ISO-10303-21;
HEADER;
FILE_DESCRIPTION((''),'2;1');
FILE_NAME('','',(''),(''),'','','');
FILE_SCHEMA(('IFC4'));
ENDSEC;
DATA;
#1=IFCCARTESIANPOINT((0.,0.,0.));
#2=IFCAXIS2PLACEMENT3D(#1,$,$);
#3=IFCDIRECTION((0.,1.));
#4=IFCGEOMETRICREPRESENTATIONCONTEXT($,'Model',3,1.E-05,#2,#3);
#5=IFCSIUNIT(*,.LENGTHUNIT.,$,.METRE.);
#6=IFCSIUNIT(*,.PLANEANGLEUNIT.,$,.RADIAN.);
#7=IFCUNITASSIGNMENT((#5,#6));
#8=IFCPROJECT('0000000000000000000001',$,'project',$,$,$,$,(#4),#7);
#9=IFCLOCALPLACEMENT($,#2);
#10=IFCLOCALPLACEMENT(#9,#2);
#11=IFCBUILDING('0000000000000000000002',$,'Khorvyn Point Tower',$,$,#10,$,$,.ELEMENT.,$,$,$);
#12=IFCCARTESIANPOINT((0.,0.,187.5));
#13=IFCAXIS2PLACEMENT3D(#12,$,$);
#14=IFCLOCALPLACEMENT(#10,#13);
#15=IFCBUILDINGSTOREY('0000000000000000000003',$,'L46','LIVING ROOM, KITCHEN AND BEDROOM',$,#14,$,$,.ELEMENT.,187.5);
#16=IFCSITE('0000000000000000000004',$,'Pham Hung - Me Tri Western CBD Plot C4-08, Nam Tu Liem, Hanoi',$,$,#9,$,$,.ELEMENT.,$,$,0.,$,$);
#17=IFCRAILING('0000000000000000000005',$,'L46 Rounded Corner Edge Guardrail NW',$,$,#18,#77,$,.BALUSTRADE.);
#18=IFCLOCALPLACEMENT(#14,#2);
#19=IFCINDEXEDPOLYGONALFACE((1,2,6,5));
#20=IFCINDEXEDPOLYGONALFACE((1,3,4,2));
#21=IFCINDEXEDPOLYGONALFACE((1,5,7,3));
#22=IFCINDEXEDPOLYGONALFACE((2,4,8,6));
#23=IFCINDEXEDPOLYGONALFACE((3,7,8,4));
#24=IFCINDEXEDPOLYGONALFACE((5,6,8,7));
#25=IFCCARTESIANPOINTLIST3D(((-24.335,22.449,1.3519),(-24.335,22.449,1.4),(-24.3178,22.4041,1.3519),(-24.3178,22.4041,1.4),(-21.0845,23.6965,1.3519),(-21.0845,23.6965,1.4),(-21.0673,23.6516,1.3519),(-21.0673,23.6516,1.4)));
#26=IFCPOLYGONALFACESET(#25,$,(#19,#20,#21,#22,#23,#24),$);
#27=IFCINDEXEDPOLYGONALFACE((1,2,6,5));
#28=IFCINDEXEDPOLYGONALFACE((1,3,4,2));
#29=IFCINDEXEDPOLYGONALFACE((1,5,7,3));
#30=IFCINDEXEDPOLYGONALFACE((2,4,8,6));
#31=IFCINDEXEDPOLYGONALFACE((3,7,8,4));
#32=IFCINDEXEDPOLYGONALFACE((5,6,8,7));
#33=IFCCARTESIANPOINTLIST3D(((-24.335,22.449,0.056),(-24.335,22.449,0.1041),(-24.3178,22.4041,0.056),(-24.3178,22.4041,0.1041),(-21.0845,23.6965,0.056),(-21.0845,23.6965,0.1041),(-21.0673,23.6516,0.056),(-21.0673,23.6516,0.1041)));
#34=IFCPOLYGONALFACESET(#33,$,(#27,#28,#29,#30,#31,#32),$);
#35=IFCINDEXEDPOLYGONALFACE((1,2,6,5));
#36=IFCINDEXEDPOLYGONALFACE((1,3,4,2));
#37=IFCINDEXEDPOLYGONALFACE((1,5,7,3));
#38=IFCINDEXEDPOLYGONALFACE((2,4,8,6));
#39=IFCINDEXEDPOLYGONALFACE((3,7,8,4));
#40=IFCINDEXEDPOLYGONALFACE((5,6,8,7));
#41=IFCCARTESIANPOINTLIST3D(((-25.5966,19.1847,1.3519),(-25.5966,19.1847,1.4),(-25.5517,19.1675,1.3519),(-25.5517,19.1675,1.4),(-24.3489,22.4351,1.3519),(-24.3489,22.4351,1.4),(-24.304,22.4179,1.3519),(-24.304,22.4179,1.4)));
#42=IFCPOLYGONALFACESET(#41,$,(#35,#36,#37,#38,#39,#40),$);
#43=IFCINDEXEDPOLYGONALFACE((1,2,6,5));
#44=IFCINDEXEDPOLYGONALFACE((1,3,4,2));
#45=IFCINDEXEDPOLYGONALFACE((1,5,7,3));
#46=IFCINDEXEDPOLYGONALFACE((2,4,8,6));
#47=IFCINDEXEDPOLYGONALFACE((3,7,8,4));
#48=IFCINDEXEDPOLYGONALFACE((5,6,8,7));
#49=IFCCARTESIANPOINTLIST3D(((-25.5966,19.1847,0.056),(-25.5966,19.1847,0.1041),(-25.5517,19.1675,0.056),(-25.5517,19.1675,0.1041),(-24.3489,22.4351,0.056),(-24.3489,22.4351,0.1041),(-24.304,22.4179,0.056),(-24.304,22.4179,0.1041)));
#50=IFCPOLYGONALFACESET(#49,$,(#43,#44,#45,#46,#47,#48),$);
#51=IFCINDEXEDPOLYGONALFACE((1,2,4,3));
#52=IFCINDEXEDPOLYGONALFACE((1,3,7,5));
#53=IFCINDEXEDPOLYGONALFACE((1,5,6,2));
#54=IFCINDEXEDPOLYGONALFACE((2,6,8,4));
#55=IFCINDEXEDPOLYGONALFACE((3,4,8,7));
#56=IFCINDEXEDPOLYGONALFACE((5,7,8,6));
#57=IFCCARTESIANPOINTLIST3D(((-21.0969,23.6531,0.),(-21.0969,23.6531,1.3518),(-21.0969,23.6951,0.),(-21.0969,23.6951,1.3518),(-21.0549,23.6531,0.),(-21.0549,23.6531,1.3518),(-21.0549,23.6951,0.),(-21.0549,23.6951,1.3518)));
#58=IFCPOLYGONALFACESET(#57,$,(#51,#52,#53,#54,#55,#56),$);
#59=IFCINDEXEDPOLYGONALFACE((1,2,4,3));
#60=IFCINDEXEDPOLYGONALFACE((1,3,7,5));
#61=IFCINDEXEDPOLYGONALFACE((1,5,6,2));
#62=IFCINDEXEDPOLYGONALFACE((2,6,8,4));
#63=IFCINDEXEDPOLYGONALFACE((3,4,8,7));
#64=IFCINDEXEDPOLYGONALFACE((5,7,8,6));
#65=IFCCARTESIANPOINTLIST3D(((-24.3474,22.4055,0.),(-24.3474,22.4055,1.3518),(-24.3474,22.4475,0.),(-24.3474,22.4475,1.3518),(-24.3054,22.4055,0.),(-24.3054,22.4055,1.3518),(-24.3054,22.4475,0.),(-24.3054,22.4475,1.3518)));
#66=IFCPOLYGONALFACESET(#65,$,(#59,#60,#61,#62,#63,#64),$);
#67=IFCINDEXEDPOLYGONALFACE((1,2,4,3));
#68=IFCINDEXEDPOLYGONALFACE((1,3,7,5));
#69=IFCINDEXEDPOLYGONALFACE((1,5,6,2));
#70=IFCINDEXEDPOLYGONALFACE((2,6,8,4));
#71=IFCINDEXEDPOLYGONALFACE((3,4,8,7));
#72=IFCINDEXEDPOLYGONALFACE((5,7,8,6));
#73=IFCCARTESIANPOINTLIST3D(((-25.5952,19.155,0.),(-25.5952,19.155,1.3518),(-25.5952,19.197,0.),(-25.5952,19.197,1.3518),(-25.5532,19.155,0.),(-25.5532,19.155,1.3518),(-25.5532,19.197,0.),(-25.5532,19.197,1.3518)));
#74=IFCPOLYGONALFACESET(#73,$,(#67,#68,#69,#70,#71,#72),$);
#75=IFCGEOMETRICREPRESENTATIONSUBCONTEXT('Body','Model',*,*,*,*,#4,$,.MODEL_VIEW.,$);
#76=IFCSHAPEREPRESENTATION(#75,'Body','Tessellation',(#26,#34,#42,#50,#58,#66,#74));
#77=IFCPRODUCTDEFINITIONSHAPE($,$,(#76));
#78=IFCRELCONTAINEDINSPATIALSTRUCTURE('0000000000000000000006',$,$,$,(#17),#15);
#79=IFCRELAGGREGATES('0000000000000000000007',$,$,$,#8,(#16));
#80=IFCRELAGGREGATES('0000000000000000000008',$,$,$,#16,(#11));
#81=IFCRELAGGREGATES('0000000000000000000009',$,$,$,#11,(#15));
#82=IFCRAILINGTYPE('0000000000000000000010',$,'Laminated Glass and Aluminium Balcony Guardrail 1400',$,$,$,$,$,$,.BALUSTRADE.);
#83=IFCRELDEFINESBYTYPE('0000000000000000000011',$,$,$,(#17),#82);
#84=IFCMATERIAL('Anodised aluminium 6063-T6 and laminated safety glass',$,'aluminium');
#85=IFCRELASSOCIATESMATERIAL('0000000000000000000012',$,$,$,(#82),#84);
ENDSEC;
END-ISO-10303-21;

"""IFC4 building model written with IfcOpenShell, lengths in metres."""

from ifc_helpers import new_model, si_unit, direction, frame, origin, origin_2d, place, context, subcontext, project, spatial, rectangle, extrude, material, type_object, element, save


model = new_model("IFC4")

# Units and contexts
model_context = context("Model", 3, precision=1e-05, world=origin(), true_north=direction((0.0, 1.0)))
body_context = subcontext(model_context, "Body", "Model", "MODEL_VIEW")
ifc_project = project(units=[si_unit("LENGTHUNIT", "METRE"), si_unit("PLANEANGLEUNIT", "RADIAN")], contexts=[model_context])

# Site, building, storey
site_placement = place(None, origin())
site = spatial("IfcSite", under=ifc_project, at=site_placement, Name="Pham Hung - Me Tri Western CBD Plot C4-08, Nam Tu Liem, Hanoi", CompositionType="ELEMENT", RefElevation=0.0)
building_placement = place(site_placement, origin())
building = spatial("IfcBuilding", under=site, at=building_placement, Name="Khorvyn Point Tower", CompositionType="ELEMENT")
storey_placement = place(building_placement, frame((0.0, 0.0, 187.5)))
storey = spatial("IfcBuildingStorey", under=building, at=storey_placement, Name="L46", Description="LIVING ROOM, KITCHEN AND BEDROOM", CompositionType="ELEMENT", Elevation=187.5)

# Railing
ifc_material_1 = material(Name="Anodised aluminium 6063-T6 and laminated safety glass", Category="aluminium")
railing_type = type_object("IfcRailingType", Name="Laminated Glass and Aluminium Balcony Guardrail 1400", PredefinedType="BALUSTRADE", material=ifc_material_1)
railing_placement = place(storey_placement, frame((-21.0759, 23.6741, 0.0)))
element("IfcRailing", 1, at=railing_placement, inside=storey, type_object=railing_type, Name="L46 Rounded Corner Edge Guardrail NW", PredefinedType="BALUSTRADE", context=body_context, shape_type="SweptSolid", body=[
    extrude(rectangle(XDim=0.0481, YDim=0.0481, at=origin_2d()), frame((0.0, 0.0, 1.376), z_axis=(-0.933598, -0.358321, 0.0), x_axis=(0.358321, -0.933598, 0.0)), (0.0, 0.0, 1.0), 3.4817),
    extrude(rectangle(XDim=0.0481, YDim=0.0481, at=origin_2d()), frame((0.0, 0.0, 0.0801), z_axis=(-0.933598, -0.358321, 0.0), x_axis=(0.358321, -0.933598, 0.0)), (0.0, 0.0, 1.0), 3.4817),
    extrude(rectangle(XDim=0.0481, YDim=0.0481, at=origin_2d()), frame((-3.2505, -1.2476, 1.376), z_axis=(-0.358382, -0.933575, 0.0), x_axis=(0.933575, -0.358382, 0.0)), (0.0, 0.0, 1.0), 3.4817),
    extrude(rectangle(XDim=0.0481, YDim=0.0481, at=origin_2d()), frame((-3.2505, -1.2476, 0.0801), z_axis=(-0.358382, -0.933575, 0.0), x_axis=(0.933575, -0.358382, 0.0)), (0.0, 0.0, 1.0), 3.4817),
    extrude(rectangle(XDim=0.042, YDim=0.042, at=origin_2d()), origin(), (0.0, 0.0, 1.0), 1.3518),
    extrude(rectangle(XDim=0.042, YDim=0.042, at=origin_2d()), frame((-3.2505, -1.2476, 0.0)), (0.0, 0.0, 1.0), 1.3518),
    extrude(rectangle(XDim=0.042, YDim=0.042, at=origin_2d()), frame((-4.4983, -4.498, 0.0)), (0.0, 0.0, 1.0), 1.3518),
])

save(model, "model.ifc")
